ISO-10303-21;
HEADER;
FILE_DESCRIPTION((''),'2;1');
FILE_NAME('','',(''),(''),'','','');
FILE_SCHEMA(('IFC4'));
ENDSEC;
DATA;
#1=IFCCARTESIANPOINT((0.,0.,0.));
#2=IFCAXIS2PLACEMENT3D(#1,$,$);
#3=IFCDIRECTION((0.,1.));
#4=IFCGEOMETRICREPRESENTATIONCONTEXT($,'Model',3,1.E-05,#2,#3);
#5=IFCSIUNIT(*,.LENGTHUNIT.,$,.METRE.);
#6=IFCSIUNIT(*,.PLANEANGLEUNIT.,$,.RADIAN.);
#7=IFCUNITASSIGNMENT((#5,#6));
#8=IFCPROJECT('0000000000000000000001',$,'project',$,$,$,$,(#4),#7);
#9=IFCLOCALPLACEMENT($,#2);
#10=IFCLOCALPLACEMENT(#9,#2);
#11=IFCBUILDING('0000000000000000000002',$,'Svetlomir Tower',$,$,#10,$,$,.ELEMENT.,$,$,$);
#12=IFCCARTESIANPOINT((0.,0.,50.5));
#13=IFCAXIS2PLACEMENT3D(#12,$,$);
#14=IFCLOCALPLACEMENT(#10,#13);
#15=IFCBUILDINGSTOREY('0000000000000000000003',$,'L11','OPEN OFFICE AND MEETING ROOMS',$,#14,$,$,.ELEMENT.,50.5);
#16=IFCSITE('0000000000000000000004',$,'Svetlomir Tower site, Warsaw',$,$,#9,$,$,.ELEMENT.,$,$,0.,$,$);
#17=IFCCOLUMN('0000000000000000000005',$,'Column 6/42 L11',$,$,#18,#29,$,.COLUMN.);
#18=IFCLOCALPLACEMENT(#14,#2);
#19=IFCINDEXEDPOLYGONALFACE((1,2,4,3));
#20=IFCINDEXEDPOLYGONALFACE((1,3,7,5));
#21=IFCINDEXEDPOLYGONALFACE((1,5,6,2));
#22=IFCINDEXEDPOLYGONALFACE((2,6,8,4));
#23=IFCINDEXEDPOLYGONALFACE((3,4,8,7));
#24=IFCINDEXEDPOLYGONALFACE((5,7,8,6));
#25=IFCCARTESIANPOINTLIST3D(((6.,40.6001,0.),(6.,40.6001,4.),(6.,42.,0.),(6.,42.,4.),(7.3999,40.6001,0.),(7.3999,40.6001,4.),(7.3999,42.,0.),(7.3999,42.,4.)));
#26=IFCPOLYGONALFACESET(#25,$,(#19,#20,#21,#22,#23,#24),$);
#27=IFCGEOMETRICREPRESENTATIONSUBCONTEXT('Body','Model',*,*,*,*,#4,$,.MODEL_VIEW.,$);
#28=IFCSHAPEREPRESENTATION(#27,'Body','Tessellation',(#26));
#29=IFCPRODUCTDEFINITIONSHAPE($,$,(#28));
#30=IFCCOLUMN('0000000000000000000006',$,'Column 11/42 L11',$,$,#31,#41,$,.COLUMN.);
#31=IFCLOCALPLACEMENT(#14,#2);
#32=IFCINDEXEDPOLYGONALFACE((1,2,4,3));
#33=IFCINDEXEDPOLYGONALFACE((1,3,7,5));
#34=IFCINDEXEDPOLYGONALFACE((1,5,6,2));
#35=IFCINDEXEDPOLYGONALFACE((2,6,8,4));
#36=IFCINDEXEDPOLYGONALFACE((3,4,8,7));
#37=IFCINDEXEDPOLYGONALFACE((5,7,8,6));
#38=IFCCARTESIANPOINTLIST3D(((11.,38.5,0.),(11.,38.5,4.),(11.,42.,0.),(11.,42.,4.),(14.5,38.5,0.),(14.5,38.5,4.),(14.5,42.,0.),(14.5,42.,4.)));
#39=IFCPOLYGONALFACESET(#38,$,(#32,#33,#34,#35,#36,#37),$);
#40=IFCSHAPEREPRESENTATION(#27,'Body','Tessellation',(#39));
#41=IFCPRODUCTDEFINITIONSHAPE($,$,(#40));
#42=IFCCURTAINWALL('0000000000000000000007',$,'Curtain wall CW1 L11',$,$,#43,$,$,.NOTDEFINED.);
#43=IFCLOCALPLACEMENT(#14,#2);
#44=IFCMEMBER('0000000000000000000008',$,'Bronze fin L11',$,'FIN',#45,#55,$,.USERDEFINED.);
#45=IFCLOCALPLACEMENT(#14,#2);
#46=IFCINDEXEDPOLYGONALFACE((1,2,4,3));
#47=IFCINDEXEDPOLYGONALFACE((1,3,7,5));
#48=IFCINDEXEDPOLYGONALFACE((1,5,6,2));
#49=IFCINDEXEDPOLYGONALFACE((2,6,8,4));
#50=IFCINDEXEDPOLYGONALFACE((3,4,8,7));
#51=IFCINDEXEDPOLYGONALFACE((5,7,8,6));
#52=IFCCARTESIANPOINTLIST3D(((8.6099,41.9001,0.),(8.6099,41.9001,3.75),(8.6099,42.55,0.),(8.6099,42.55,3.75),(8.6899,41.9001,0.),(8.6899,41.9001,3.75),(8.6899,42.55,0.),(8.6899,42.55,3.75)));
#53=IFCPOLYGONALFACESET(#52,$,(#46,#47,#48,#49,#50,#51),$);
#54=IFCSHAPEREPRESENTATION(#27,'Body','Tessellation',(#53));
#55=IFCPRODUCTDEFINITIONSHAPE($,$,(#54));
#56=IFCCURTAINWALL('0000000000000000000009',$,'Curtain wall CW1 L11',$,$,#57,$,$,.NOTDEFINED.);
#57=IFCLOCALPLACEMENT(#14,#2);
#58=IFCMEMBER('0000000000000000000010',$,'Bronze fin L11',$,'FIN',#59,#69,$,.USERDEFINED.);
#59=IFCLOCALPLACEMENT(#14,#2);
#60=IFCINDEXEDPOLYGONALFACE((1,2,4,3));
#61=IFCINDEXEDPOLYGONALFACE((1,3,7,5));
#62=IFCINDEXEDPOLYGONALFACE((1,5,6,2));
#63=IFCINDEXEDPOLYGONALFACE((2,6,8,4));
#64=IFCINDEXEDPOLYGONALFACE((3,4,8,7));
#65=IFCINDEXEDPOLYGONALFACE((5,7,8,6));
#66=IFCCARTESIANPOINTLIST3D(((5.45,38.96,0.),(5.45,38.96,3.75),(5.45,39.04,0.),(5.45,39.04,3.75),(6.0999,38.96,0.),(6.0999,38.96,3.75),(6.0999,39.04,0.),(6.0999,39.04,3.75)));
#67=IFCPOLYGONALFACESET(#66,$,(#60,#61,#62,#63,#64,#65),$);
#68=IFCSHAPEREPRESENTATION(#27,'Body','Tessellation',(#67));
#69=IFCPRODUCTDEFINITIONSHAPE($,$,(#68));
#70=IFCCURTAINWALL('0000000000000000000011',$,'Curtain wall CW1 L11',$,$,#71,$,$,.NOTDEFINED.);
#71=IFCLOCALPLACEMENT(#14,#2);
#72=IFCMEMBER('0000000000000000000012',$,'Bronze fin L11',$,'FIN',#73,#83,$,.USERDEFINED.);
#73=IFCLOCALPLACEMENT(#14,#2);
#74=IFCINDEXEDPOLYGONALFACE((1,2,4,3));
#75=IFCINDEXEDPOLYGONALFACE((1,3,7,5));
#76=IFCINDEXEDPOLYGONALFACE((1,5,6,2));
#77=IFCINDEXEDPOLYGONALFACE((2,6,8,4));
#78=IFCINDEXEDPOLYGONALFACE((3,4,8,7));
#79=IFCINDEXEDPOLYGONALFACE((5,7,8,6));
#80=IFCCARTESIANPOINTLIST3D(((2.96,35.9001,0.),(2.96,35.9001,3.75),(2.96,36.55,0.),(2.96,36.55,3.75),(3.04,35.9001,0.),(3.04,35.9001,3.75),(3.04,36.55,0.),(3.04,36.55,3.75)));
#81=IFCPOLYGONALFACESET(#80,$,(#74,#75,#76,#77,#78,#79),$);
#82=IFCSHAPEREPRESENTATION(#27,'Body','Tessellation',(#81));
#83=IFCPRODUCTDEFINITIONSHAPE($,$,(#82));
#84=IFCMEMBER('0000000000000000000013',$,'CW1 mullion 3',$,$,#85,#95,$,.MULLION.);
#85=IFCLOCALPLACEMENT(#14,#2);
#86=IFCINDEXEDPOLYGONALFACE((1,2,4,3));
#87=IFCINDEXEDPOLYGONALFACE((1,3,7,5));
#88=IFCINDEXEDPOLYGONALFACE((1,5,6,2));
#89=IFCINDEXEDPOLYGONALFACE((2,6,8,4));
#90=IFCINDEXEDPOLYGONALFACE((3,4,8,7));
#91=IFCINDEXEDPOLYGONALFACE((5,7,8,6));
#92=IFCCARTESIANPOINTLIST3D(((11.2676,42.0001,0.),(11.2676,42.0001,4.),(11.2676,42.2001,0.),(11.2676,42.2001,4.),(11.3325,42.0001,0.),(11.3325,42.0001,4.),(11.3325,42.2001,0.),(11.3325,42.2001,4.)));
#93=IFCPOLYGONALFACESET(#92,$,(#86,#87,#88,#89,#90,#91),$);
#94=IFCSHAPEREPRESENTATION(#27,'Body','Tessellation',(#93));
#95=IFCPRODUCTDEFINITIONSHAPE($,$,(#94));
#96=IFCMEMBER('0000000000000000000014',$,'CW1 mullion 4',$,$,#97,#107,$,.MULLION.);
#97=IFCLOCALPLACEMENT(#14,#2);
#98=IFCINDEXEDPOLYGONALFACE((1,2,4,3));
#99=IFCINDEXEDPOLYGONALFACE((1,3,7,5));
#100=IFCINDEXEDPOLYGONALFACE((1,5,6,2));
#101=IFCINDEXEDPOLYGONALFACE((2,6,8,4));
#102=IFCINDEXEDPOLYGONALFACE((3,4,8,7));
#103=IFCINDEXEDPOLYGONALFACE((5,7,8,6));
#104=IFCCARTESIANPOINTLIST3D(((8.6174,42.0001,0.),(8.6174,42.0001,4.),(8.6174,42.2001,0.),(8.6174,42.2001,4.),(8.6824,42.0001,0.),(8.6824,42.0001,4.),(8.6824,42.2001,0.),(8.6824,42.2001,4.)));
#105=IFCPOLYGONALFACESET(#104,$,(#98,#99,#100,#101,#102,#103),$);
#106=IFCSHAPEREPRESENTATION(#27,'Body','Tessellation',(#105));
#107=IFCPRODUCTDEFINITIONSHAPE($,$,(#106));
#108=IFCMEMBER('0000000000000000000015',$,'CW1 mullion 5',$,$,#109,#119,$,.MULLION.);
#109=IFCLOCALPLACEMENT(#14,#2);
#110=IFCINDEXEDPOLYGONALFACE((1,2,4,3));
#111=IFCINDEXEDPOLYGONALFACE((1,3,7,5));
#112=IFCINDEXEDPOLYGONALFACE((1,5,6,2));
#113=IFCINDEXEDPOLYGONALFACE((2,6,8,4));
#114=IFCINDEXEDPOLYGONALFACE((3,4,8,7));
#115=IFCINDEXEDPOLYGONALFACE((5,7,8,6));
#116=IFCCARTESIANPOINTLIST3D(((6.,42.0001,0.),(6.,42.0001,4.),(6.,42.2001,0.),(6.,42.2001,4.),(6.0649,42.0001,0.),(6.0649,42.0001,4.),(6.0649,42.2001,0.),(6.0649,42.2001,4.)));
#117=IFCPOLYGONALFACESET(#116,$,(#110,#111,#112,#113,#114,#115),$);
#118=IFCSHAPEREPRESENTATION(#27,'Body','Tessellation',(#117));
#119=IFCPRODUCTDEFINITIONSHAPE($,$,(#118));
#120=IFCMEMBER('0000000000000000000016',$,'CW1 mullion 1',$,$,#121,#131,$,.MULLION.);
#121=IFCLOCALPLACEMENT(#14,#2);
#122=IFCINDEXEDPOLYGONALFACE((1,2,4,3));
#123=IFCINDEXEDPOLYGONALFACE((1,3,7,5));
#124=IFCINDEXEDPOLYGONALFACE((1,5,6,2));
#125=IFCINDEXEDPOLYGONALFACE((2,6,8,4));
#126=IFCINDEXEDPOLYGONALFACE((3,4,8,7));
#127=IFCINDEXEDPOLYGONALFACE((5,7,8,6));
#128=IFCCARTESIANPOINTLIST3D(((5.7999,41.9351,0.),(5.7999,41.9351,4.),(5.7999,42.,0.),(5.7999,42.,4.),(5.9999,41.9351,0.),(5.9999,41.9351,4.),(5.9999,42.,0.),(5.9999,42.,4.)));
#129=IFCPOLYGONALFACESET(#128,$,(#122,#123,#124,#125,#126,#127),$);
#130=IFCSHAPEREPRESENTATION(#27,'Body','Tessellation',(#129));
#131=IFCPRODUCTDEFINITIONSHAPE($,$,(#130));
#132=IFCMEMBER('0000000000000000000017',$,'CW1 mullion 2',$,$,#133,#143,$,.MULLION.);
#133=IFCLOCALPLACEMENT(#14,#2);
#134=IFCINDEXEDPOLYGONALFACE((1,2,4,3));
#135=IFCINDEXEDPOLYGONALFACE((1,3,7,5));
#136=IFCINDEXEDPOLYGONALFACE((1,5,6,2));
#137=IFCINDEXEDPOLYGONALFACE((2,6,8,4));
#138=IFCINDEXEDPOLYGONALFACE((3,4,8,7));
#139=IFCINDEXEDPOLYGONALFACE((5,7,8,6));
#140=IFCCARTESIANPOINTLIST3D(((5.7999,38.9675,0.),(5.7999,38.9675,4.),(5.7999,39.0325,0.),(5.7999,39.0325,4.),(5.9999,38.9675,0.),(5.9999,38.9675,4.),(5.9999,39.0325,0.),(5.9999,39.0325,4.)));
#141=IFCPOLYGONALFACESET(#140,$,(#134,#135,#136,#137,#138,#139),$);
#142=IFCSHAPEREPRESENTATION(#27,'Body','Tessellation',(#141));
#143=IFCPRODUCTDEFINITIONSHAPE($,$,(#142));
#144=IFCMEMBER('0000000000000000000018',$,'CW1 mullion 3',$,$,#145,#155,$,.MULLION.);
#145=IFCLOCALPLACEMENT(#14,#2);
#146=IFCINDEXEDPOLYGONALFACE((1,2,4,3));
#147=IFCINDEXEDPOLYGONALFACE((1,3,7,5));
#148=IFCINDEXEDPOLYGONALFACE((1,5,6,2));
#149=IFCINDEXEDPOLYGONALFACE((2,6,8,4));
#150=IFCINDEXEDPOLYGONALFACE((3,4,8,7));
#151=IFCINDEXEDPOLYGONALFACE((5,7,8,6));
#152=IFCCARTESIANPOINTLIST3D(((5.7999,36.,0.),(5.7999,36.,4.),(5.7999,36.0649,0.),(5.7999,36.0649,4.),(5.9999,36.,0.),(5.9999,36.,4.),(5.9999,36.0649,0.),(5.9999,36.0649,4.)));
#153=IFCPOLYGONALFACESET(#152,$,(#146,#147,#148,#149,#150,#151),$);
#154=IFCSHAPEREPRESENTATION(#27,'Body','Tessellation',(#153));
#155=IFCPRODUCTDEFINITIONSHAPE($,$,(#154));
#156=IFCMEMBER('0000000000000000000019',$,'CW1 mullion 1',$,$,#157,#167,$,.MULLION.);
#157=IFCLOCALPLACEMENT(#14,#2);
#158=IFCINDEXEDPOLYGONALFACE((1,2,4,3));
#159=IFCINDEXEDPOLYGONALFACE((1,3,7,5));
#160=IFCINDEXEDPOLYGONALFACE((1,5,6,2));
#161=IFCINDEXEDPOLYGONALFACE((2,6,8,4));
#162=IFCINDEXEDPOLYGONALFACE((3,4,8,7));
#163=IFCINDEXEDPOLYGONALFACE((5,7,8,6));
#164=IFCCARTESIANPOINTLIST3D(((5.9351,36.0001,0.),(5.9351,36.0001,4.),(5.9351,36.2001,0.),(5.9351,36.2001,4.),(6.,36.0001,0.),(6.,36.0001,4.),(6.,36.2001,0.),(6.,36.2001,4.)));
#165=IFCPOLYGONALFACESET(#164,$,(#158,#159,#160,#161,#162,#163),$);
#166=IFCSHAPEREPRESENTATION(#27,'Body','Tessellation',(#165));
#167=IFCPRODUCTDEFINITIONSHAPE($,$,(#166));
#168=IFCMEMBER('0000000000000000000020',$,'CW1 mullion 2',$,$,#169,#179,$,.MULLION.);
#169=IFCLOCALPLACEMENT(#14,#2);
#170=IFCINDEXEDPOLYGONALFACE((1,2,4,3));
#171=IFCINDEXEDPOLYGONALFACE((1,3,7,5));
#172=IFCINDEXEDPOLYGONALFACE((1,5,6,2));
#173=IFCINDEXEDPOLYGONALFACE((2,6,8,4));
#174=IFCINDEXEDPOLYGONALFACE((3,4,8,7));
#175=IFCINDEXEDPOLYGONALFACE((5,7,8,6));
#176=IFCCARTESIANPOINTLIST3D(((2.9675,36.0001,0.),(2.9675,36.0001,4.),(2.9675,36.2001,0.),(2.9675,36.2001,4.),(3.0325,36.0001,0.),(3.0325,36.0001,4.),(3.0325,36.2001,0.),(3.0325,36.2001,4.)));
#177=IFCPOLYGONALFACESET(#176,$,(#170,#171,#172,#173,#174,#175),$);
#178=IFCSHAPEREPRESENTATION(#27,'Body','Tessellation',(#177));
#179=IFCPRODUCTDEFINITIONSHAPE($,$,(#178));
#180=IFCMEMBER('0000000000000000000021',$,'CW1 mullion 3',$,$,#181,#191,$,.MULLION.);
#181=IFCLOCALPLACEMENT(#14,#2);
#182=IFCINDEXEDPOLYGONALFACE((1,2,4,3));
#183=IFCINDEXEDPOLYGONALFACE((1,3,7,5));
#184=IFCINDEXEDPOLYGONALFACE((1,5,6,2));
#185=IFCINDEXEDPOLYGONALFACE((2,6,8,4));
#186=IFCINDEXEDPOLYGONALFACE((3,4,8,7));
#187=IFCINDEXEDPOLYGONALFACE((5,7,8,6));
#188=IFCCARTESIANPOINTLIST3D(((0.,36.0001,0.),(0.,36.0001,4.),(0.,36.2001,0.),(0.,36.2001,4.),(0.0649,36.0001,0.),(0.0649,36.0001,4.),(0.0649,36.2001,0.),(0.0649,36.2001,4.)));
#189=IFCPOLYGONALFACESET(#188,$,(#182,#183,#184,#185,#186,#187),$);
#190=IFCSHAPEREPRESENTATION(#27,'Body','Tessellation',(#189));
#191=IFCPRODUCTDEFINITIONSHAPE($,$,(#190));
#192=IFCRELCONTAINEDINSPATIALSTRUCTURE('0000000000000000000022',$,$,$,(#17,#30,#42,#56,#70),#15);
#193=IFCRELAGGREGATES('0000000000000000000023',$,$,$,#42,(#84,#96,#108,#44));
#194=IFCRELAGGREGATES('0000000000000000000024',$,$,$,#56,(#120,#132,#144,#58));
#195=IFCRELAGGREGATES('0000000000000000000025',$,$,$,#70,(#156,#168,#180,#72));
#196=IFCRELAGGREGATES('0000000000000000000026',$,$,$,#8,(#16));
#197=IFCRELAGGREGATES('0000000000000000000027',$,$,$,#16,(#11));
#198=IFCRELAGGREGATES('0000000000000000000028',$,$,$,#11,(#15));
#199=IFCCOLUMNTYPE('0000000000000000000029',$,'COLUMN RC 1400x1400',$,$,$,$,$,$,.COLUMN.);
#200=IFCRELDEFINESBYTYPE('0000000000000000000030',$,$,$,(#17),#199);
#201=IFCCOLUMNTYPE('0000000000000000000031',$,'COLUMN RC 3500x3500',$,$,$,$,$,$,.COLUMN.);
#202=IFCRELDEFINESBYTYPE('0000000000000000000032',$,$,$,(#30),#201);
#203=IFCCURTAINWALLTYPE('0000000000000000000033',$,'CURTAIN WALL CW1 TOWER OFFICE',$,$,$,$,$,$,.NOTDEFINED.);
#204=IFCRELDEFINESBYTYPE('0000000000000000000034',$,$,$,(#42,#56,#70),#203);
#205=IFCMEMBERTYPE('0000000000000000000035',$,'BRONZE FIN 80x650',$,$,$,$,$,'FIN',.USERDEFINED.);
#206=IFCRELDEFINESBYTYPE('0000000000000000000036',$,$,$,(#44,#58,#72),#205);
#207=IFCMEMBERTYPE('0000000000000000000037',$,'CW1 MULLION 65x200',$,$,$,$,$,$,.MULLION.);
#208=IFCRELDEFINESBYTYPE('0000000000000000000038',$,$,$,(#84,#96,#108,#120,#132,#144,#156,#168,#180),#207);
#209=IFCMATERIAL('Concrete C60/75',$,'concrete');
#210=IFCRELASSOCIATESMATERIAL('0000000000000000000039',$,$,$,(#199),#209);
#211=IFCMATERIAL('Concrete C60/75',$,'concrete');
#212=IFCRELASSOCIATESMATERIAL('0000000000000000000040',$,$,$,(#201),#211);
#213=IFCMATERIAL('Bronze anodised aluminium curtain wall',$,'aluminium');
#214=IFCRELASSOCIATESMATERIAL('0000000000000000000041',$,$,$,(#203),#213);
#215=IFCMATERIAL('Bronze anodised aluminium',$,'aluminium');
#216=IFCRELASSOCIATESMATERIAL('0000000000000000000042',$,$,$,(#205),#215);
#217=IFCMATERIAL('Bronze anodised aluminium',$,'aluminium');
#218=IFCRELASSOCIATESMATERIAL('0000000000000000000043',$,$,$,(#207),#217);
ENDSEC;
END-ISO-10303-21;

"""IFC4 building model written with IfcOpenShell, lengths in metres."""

from ifc_helpers import new_model, si_unit, direction, frame, origin, origin_2d, place, context, subcontext, project, spatial, rectangle, extrude, material, material_profile, profile_set, type_object, element, aggregate, save


model = new_model("IFC4")

# Units and contexts
model_context = context("Model", 3, precision=1e-05, world=origin(), true_north=direction((0.0, 1.0)))
body_context = subcontext(model_context, "Body", "Model", "MODEL_VIEW")
ifc_project = project(units=[si_unit("LENGTHUNIT", "METRE"), si_unit("PLANEANGLEUNIT", "RADIAN")], contexts=[model_context])

# Site, building, storey
site_placement = place(None, origin())
site = spatial("IfcSite", under=ifc_project, at=site_placement, Name="Svetlomir Tower site, Warsaw", CompositionType="ELEMENT", RefElevation=0.0)
building_placement = place(site_placement, origin())
building = spatial("IfcBuilding", under=site, at=building_placement, Name="Svetlomir Tower", CompositionType="ELEMENT")
storey_placement = place(building_placement, frame((0.0, 0.0, 50.5)))
storey = spatial("IfcBuildingStorey", under=building, at=storey_placement, Name="L11", Description="OPEN OFFICE AND MEETING ROOMS", CompositionType="ELEMENT", Elevation=50.5)

# Columns
ifc_material_1 = material(Name="Concrete C60/75", Category="concrete")
ifc_material_profile_1 = material_profile(ifc_material_1, rectangle(XDim=1.3999, YDim=1.3999, at=origin_2d()), Name="RC 1400x1400")
ifc_profile_set_1 = profile_set([ifc_material_profile_1], Name="Concrete C60/75")
column_type_1 = type_object("IfcColumnType", Name="COLUMN RC 1400x1400", PredefinedType="COLUMN", material=ifc_profile_set_1)
column_1_placement = place(storey_placement, frame((6.7, 41.3, 0.0), z_axis=(0.0, 0.0, 1.0), x_axis=(1.0, 0.0, 0.0)))
element("IfcColumn", 1, at=column_1_placement, inside=storey, type_object=column_type_1, Name="Column 6/42 L11", PredefinedType="COLUMN", context=body_context, shape_type="SweptSolid", body=[
    extrude(rectangle(XDim=1.3999, YDim=1.3999, at=origin_2d()), origin(), (0.0, 0.0, 1.0), 4.0),
])
ifc_material_2 = material(Name="Concrete C60/75", Category="concrete")
ifc_material_profile_2 = material_profile(ifc_material_2, rectangle(XDim=3.5, YDim=3.5, at=origin_2d()), Name="RC 3500x3500")
ifc_profile_set_2 = profile_set([ifc_material_profile_2], Name="Concrete C60/75")
column_type_2 = type_object("IfcColumnType", Name="COLUMN RC 3500x3500", PredefinedType="COLUMN", material=ifc_profile_set_2)
column_2_placement = place(storey_placement, frame((12.75, 40.25, 0.0), z_axis=(0.0, 0.0, 1.0), x_axis=(1.0, 0.0, 0.0)))
element("IfcColumn", 2, at=column_2_placement, inside=storey, type_object=column_type_2, Name="Column 11/42 L11", PredefinedType="COLUMN", context=body_context, shape_type="SweptSolid", body=[
    extrude(rectangle(XDim=3.5, YDim=3.5, at=origin_2d()), origin(), (0.0, 0.0, 1.0), 4.0),
])

# Curtain walls, members
ifc_material_3 = material(Name="Bronze anodised aluminium curtain wall", Category="aluminium")
curtain_wall_type = type_object("IfcCurtainWallType", Name="CURTAIN WALL CW1 TOWER OFFICE", PredefinedType="NOTDEFINED", material=ifc_material_3)
curtain_wall_1_placement = place(storey_placement, origin())
curtain_wall_1 = element("IfcCurtainWall", 3, at=curtain_wall_1_placement, inside=storey, type_object=curtain_wall_type, Name="Curtain wall CW1 L11", PredefinedType="NOTDEFINED")
ifc_material_4 = material(Name="Bronze anodised aluminium", Category="aluminium")
ifc_material_profile_3 = material_profile(ifc_material_4, rectangle(XDim=0.0801, YDim=0.6499, at=origin_2d()), Name="FIN 80x650")
ifc_profile_set_3 = profile_set([ifc_material_profile_3], Name="Bronze anodised aluminium 6063-T6")
member_type_1 = type_object("IfcMemberType", Name="BRONZE FIN 80x650", ElementType="FIN", PredefinedType="USERDEFINED", material=ifc_profile_set_3)
member_1_placement = place(storey_placement, frame((8.6499, 42.2251, 0.0), z_axis=(0.0, 0.0, 1.0), x_axis=(1.0, 0.0, 0.0)))
member_1 = element("IfcMember", 4, at=member_1_placement, type_object=member_type_1, Name="Bronze fin L11", ObjectType="FIN", PredefinedType="USERDEFINED", context=body_context, shape_type="SweptSolid", body=[
    extrude(rectangle(XDim=0.0801, YDim=0.6499, at=origin_2d()), origin(), (0.0, 0.0, 1.0), 3.75),
])
curtain_wall_2_placement = place(storey_placement, origin())
curtain_wall_2 = element("IfcCurtainWall", 5, at=curtain_wall_2_placement, inside=storey, type_object=curtain_wall_type, Name="Curtain wall CW1 L11", PredefinedType="NOTDEFINED")
member_2_placement = place(storey_placement, frame((5.7749, 39.0, 0.0), z_axis=(0.0, 0.0, 1.0), x_axis=(0.0, 1.0, 0.0)))
member_2 = element("IfcMember", 6, at=member_2_placement, type_object=member_type_1, Name="Bronze fin L11", ObjectType="FIN", PredefinedType="USERDEFINED", context=body_context, shape_type="SweptSolid", body=[
    extrude(rectangle(XDim=0.0801, YDim=0.6499, at=origin_2d()), origin(), (0.0, 0.0, 1.0), 3.75),
])
curtain_wall_3_placement = place(storey_placement, origin())
curtain_wall_3 = element("IfcCurtainWall", 7, at=curtain_wall_3_placement, inside=storey, type_object=curtain_wall_type, Name="Curtain wall CW1 L11", PredefinedType="NOTDEFINED")
member_3_placement = place(storey_placement, frame((3.0, 36.2251, 0.0), z_axis=(0.0, 0.0, 1.0), x_axis=(1.0, 0.0, 0.0)))
member_3 = element("IfcMember", 8, at=member_3_placement, type_object=member_type_1, Name="Bronze fin L11", ObjectType="FIN", PredefinedType="USERDEFINED", context=body_context, shape_type="SweptSolid", body=[
    extrude(rectangle(XDim=0.0801, YDim=0.6499, at=origin_2d()), origin(), (0.0, 0.0, 1.0), 3.75),
])

# Members
ifc_material_5 = material(Name="Bronze anodised aluminium", Category="aluminium")
ifc_material_profile_4 = material_profile(ifc_material_5, rectangle(XDim=0.0649, YDim=0.2, at=origin_2d()), Name="AL 65x200")
ifc_profile_set_4 = profile_set([ifc_material_profile_4], Name="Bronze anodised aluminium 6063-T6")
member_type_2 = type_object("IfcMemberType", Name="CW1 MULLION 65x200", PredefinedType="MULLION", material=ifc_profile_set_4)
member_4_placement = place(storey_placement, frame((11.3, 42.1001, 0.0), z_axis=(0.0, 0.0, 1.0), x_axis=(-1.0, 0.0, 0.0)))
member_4 = element("IfcMember", 9, at=member_4_placement, type_object=member_type_2, Name="CW1 mullion 3", PredefinedType="MULLION", context=body_context, shape_type="SweptSolid", body=[
    extrude(rectangle(XDim=0.0649, YDim=0.2, at=origin_2d()), origin(), (0.0, 0.0, 1.0), 4.0),
])
member_5_placement = place(storey_placement, frame((8.6499, 42.1001, 0.0), z_axis=(0.0, 0.0, 1.0), x_axis=(-1.0, 0.0, 0.0)))
member_5 = element("IfcMember", 10, at=member_5_placement, type_object=member_type_2, Name="CW1 mullion 4", PredefinedType="MULLION", context=body_context, shape_type="SweptSolid", body=[
    extrude(rectangle(XDim=0.0649, YDim=0.2, at=origin_2d()), origin(), (0.0, 0.0, 1.0), 4.0),
])
member_6_placement = place(storey_placement, frame((6.0325, 42.1001, 0.0), z_axis=(0.0, 0.0, 1.0), x_axis=(-1.0, 0.0, 0.0)))
member_6 = element("IfcMember", 11, at=member_6_placement, type_object=member_type_2, Name="CW1 mullion 5", PredefinedType="MULLION", context=body_context, shape_type="SweptSolid", body=[
    extrude(rectangle(XDim=0.0649, YDim=0.2, at=origin_2d()), origin(), (0.0, 0.0, 1.0), 4.0),
])
member_7_placement = place(storey_placement, frame((5.8999, 41.9675, 0.0), z_axis=(0.0, 0.0, 1.0), x_axis=(0.0, -1.0, 0.0)))
member_7 = element("IfcMember", 12, at=member_7_placement, type_object=member_type_2, Name="CW1 mullion 1", PredefinedType="MULLION", context=body_context, shape_type="SweptSolid", body=[
    extrude(rectangle(XDim=0.0649, YDim=0.2, at=origin_2d()), origin(), (0.0, 0.0, 1.0), 4.0),
])
member_8_placement = place(storey_placement, frame((5.8999, 39.0, 0.0), z_axis=(0.0, 0.0, 1.0), x_axis=(0.0, -1.0, 0.0)))
member_8 = element("IfcMember", 13, at=member_8_placement, type_object=member_type_2, Name="CW1 mullion 2", PredefinedType="MULLION", context=body_context, shape_type="SweptSolid", body=[
    extrude(rectangle(XDim=0.0649, YDim=0.2, at=origin_2d()), origin(), (0.0, 0.0, 1.0), 4.0),
])
member_9_placement = place(storey_placement, frame((5.8999, 36.0325, 0.0), z_axis=(0.0, 0.0, 1.0), x_axis=(0.0, -1.0, 0.0)))
member_9 = element("IfcMember", 14, at=member_9_placement, type_object=member_type_2, Name="CW1 mullion 3", PredefinedType="MULLION", context=body_context, shape_type="SweptSolid", body=[
    extrude(rectangle(XDim=0.0649, YDim=0.2, at=origin_2d()), origin(), (0.0, 0.0, 1.0), 4.0),
])
member_10_placement = place(storey_placement, frame((5.9675, 36.1001, 0.0), z_axis=(0.0, 0.0, 1.0), x_axis=(-1.0, 0.0, 0.0)))
member_10 = element("IfcMember", 15, at=member_10_placement, type_object=member_type_2, Name="CW1 mullion 1", PredefinedType="MULLION", context=body_context, shape_type="SweptSolid", body=[
    extrude(rectangle(XDim=0.0649, YDim=0.2, at=origin_2d()), origin(), (0.0, 0.0, 1.0), 4.0),
])
member_11_placement = place(storey_placement, frame((3.0, 36.1001, 0.0), z_axis=(0.0, 0.0, 1.0), x_axis=(-1.0, 0.0, 0.0)))
member_11 = element("IfcMember", 16, at=member_11_placement, type_object=member_type_2, Name="CW1 mullion 2", PredefinedType="MULLION", context=body_context, shape_type="SweptSolid", body=[
    extrude(rectangle(XDim=0.0649, YDim=0.2, at=origin_2d()), origin(), (0.0, 0.0, 1.0), 4.0),
])
member_12_placement = place(storey_placement, frame((0.0325, 36.1001, 0.0), z_axis=(0.0, 0.0, 1.0), x_axis=(-1.0, 0.0, 0.0)))
member_12 = element("IfcMember", 17, at=member_12_placement, type_object=member_type_2, Name="CW1 mullion 3", PredefinedType="MULLION", context=body_context, shape_type="SweptSolid", body=[
    extrude(rectangle(XDim=0.0649, YDim=0.2, at=origin_2d()), origin(), (0.0, 0.0, 1.0), 4.0),
])

aggregate(curtain_wall_1, [member_4, member_5, member_6, member_1])
aggregate(curtain_wall_2, [member_7, member_8, member_9, member_2])
aggregate(curtain_wall_3, [member_10, member_11, member_12, member_3])

save(model, "model.ifc")
